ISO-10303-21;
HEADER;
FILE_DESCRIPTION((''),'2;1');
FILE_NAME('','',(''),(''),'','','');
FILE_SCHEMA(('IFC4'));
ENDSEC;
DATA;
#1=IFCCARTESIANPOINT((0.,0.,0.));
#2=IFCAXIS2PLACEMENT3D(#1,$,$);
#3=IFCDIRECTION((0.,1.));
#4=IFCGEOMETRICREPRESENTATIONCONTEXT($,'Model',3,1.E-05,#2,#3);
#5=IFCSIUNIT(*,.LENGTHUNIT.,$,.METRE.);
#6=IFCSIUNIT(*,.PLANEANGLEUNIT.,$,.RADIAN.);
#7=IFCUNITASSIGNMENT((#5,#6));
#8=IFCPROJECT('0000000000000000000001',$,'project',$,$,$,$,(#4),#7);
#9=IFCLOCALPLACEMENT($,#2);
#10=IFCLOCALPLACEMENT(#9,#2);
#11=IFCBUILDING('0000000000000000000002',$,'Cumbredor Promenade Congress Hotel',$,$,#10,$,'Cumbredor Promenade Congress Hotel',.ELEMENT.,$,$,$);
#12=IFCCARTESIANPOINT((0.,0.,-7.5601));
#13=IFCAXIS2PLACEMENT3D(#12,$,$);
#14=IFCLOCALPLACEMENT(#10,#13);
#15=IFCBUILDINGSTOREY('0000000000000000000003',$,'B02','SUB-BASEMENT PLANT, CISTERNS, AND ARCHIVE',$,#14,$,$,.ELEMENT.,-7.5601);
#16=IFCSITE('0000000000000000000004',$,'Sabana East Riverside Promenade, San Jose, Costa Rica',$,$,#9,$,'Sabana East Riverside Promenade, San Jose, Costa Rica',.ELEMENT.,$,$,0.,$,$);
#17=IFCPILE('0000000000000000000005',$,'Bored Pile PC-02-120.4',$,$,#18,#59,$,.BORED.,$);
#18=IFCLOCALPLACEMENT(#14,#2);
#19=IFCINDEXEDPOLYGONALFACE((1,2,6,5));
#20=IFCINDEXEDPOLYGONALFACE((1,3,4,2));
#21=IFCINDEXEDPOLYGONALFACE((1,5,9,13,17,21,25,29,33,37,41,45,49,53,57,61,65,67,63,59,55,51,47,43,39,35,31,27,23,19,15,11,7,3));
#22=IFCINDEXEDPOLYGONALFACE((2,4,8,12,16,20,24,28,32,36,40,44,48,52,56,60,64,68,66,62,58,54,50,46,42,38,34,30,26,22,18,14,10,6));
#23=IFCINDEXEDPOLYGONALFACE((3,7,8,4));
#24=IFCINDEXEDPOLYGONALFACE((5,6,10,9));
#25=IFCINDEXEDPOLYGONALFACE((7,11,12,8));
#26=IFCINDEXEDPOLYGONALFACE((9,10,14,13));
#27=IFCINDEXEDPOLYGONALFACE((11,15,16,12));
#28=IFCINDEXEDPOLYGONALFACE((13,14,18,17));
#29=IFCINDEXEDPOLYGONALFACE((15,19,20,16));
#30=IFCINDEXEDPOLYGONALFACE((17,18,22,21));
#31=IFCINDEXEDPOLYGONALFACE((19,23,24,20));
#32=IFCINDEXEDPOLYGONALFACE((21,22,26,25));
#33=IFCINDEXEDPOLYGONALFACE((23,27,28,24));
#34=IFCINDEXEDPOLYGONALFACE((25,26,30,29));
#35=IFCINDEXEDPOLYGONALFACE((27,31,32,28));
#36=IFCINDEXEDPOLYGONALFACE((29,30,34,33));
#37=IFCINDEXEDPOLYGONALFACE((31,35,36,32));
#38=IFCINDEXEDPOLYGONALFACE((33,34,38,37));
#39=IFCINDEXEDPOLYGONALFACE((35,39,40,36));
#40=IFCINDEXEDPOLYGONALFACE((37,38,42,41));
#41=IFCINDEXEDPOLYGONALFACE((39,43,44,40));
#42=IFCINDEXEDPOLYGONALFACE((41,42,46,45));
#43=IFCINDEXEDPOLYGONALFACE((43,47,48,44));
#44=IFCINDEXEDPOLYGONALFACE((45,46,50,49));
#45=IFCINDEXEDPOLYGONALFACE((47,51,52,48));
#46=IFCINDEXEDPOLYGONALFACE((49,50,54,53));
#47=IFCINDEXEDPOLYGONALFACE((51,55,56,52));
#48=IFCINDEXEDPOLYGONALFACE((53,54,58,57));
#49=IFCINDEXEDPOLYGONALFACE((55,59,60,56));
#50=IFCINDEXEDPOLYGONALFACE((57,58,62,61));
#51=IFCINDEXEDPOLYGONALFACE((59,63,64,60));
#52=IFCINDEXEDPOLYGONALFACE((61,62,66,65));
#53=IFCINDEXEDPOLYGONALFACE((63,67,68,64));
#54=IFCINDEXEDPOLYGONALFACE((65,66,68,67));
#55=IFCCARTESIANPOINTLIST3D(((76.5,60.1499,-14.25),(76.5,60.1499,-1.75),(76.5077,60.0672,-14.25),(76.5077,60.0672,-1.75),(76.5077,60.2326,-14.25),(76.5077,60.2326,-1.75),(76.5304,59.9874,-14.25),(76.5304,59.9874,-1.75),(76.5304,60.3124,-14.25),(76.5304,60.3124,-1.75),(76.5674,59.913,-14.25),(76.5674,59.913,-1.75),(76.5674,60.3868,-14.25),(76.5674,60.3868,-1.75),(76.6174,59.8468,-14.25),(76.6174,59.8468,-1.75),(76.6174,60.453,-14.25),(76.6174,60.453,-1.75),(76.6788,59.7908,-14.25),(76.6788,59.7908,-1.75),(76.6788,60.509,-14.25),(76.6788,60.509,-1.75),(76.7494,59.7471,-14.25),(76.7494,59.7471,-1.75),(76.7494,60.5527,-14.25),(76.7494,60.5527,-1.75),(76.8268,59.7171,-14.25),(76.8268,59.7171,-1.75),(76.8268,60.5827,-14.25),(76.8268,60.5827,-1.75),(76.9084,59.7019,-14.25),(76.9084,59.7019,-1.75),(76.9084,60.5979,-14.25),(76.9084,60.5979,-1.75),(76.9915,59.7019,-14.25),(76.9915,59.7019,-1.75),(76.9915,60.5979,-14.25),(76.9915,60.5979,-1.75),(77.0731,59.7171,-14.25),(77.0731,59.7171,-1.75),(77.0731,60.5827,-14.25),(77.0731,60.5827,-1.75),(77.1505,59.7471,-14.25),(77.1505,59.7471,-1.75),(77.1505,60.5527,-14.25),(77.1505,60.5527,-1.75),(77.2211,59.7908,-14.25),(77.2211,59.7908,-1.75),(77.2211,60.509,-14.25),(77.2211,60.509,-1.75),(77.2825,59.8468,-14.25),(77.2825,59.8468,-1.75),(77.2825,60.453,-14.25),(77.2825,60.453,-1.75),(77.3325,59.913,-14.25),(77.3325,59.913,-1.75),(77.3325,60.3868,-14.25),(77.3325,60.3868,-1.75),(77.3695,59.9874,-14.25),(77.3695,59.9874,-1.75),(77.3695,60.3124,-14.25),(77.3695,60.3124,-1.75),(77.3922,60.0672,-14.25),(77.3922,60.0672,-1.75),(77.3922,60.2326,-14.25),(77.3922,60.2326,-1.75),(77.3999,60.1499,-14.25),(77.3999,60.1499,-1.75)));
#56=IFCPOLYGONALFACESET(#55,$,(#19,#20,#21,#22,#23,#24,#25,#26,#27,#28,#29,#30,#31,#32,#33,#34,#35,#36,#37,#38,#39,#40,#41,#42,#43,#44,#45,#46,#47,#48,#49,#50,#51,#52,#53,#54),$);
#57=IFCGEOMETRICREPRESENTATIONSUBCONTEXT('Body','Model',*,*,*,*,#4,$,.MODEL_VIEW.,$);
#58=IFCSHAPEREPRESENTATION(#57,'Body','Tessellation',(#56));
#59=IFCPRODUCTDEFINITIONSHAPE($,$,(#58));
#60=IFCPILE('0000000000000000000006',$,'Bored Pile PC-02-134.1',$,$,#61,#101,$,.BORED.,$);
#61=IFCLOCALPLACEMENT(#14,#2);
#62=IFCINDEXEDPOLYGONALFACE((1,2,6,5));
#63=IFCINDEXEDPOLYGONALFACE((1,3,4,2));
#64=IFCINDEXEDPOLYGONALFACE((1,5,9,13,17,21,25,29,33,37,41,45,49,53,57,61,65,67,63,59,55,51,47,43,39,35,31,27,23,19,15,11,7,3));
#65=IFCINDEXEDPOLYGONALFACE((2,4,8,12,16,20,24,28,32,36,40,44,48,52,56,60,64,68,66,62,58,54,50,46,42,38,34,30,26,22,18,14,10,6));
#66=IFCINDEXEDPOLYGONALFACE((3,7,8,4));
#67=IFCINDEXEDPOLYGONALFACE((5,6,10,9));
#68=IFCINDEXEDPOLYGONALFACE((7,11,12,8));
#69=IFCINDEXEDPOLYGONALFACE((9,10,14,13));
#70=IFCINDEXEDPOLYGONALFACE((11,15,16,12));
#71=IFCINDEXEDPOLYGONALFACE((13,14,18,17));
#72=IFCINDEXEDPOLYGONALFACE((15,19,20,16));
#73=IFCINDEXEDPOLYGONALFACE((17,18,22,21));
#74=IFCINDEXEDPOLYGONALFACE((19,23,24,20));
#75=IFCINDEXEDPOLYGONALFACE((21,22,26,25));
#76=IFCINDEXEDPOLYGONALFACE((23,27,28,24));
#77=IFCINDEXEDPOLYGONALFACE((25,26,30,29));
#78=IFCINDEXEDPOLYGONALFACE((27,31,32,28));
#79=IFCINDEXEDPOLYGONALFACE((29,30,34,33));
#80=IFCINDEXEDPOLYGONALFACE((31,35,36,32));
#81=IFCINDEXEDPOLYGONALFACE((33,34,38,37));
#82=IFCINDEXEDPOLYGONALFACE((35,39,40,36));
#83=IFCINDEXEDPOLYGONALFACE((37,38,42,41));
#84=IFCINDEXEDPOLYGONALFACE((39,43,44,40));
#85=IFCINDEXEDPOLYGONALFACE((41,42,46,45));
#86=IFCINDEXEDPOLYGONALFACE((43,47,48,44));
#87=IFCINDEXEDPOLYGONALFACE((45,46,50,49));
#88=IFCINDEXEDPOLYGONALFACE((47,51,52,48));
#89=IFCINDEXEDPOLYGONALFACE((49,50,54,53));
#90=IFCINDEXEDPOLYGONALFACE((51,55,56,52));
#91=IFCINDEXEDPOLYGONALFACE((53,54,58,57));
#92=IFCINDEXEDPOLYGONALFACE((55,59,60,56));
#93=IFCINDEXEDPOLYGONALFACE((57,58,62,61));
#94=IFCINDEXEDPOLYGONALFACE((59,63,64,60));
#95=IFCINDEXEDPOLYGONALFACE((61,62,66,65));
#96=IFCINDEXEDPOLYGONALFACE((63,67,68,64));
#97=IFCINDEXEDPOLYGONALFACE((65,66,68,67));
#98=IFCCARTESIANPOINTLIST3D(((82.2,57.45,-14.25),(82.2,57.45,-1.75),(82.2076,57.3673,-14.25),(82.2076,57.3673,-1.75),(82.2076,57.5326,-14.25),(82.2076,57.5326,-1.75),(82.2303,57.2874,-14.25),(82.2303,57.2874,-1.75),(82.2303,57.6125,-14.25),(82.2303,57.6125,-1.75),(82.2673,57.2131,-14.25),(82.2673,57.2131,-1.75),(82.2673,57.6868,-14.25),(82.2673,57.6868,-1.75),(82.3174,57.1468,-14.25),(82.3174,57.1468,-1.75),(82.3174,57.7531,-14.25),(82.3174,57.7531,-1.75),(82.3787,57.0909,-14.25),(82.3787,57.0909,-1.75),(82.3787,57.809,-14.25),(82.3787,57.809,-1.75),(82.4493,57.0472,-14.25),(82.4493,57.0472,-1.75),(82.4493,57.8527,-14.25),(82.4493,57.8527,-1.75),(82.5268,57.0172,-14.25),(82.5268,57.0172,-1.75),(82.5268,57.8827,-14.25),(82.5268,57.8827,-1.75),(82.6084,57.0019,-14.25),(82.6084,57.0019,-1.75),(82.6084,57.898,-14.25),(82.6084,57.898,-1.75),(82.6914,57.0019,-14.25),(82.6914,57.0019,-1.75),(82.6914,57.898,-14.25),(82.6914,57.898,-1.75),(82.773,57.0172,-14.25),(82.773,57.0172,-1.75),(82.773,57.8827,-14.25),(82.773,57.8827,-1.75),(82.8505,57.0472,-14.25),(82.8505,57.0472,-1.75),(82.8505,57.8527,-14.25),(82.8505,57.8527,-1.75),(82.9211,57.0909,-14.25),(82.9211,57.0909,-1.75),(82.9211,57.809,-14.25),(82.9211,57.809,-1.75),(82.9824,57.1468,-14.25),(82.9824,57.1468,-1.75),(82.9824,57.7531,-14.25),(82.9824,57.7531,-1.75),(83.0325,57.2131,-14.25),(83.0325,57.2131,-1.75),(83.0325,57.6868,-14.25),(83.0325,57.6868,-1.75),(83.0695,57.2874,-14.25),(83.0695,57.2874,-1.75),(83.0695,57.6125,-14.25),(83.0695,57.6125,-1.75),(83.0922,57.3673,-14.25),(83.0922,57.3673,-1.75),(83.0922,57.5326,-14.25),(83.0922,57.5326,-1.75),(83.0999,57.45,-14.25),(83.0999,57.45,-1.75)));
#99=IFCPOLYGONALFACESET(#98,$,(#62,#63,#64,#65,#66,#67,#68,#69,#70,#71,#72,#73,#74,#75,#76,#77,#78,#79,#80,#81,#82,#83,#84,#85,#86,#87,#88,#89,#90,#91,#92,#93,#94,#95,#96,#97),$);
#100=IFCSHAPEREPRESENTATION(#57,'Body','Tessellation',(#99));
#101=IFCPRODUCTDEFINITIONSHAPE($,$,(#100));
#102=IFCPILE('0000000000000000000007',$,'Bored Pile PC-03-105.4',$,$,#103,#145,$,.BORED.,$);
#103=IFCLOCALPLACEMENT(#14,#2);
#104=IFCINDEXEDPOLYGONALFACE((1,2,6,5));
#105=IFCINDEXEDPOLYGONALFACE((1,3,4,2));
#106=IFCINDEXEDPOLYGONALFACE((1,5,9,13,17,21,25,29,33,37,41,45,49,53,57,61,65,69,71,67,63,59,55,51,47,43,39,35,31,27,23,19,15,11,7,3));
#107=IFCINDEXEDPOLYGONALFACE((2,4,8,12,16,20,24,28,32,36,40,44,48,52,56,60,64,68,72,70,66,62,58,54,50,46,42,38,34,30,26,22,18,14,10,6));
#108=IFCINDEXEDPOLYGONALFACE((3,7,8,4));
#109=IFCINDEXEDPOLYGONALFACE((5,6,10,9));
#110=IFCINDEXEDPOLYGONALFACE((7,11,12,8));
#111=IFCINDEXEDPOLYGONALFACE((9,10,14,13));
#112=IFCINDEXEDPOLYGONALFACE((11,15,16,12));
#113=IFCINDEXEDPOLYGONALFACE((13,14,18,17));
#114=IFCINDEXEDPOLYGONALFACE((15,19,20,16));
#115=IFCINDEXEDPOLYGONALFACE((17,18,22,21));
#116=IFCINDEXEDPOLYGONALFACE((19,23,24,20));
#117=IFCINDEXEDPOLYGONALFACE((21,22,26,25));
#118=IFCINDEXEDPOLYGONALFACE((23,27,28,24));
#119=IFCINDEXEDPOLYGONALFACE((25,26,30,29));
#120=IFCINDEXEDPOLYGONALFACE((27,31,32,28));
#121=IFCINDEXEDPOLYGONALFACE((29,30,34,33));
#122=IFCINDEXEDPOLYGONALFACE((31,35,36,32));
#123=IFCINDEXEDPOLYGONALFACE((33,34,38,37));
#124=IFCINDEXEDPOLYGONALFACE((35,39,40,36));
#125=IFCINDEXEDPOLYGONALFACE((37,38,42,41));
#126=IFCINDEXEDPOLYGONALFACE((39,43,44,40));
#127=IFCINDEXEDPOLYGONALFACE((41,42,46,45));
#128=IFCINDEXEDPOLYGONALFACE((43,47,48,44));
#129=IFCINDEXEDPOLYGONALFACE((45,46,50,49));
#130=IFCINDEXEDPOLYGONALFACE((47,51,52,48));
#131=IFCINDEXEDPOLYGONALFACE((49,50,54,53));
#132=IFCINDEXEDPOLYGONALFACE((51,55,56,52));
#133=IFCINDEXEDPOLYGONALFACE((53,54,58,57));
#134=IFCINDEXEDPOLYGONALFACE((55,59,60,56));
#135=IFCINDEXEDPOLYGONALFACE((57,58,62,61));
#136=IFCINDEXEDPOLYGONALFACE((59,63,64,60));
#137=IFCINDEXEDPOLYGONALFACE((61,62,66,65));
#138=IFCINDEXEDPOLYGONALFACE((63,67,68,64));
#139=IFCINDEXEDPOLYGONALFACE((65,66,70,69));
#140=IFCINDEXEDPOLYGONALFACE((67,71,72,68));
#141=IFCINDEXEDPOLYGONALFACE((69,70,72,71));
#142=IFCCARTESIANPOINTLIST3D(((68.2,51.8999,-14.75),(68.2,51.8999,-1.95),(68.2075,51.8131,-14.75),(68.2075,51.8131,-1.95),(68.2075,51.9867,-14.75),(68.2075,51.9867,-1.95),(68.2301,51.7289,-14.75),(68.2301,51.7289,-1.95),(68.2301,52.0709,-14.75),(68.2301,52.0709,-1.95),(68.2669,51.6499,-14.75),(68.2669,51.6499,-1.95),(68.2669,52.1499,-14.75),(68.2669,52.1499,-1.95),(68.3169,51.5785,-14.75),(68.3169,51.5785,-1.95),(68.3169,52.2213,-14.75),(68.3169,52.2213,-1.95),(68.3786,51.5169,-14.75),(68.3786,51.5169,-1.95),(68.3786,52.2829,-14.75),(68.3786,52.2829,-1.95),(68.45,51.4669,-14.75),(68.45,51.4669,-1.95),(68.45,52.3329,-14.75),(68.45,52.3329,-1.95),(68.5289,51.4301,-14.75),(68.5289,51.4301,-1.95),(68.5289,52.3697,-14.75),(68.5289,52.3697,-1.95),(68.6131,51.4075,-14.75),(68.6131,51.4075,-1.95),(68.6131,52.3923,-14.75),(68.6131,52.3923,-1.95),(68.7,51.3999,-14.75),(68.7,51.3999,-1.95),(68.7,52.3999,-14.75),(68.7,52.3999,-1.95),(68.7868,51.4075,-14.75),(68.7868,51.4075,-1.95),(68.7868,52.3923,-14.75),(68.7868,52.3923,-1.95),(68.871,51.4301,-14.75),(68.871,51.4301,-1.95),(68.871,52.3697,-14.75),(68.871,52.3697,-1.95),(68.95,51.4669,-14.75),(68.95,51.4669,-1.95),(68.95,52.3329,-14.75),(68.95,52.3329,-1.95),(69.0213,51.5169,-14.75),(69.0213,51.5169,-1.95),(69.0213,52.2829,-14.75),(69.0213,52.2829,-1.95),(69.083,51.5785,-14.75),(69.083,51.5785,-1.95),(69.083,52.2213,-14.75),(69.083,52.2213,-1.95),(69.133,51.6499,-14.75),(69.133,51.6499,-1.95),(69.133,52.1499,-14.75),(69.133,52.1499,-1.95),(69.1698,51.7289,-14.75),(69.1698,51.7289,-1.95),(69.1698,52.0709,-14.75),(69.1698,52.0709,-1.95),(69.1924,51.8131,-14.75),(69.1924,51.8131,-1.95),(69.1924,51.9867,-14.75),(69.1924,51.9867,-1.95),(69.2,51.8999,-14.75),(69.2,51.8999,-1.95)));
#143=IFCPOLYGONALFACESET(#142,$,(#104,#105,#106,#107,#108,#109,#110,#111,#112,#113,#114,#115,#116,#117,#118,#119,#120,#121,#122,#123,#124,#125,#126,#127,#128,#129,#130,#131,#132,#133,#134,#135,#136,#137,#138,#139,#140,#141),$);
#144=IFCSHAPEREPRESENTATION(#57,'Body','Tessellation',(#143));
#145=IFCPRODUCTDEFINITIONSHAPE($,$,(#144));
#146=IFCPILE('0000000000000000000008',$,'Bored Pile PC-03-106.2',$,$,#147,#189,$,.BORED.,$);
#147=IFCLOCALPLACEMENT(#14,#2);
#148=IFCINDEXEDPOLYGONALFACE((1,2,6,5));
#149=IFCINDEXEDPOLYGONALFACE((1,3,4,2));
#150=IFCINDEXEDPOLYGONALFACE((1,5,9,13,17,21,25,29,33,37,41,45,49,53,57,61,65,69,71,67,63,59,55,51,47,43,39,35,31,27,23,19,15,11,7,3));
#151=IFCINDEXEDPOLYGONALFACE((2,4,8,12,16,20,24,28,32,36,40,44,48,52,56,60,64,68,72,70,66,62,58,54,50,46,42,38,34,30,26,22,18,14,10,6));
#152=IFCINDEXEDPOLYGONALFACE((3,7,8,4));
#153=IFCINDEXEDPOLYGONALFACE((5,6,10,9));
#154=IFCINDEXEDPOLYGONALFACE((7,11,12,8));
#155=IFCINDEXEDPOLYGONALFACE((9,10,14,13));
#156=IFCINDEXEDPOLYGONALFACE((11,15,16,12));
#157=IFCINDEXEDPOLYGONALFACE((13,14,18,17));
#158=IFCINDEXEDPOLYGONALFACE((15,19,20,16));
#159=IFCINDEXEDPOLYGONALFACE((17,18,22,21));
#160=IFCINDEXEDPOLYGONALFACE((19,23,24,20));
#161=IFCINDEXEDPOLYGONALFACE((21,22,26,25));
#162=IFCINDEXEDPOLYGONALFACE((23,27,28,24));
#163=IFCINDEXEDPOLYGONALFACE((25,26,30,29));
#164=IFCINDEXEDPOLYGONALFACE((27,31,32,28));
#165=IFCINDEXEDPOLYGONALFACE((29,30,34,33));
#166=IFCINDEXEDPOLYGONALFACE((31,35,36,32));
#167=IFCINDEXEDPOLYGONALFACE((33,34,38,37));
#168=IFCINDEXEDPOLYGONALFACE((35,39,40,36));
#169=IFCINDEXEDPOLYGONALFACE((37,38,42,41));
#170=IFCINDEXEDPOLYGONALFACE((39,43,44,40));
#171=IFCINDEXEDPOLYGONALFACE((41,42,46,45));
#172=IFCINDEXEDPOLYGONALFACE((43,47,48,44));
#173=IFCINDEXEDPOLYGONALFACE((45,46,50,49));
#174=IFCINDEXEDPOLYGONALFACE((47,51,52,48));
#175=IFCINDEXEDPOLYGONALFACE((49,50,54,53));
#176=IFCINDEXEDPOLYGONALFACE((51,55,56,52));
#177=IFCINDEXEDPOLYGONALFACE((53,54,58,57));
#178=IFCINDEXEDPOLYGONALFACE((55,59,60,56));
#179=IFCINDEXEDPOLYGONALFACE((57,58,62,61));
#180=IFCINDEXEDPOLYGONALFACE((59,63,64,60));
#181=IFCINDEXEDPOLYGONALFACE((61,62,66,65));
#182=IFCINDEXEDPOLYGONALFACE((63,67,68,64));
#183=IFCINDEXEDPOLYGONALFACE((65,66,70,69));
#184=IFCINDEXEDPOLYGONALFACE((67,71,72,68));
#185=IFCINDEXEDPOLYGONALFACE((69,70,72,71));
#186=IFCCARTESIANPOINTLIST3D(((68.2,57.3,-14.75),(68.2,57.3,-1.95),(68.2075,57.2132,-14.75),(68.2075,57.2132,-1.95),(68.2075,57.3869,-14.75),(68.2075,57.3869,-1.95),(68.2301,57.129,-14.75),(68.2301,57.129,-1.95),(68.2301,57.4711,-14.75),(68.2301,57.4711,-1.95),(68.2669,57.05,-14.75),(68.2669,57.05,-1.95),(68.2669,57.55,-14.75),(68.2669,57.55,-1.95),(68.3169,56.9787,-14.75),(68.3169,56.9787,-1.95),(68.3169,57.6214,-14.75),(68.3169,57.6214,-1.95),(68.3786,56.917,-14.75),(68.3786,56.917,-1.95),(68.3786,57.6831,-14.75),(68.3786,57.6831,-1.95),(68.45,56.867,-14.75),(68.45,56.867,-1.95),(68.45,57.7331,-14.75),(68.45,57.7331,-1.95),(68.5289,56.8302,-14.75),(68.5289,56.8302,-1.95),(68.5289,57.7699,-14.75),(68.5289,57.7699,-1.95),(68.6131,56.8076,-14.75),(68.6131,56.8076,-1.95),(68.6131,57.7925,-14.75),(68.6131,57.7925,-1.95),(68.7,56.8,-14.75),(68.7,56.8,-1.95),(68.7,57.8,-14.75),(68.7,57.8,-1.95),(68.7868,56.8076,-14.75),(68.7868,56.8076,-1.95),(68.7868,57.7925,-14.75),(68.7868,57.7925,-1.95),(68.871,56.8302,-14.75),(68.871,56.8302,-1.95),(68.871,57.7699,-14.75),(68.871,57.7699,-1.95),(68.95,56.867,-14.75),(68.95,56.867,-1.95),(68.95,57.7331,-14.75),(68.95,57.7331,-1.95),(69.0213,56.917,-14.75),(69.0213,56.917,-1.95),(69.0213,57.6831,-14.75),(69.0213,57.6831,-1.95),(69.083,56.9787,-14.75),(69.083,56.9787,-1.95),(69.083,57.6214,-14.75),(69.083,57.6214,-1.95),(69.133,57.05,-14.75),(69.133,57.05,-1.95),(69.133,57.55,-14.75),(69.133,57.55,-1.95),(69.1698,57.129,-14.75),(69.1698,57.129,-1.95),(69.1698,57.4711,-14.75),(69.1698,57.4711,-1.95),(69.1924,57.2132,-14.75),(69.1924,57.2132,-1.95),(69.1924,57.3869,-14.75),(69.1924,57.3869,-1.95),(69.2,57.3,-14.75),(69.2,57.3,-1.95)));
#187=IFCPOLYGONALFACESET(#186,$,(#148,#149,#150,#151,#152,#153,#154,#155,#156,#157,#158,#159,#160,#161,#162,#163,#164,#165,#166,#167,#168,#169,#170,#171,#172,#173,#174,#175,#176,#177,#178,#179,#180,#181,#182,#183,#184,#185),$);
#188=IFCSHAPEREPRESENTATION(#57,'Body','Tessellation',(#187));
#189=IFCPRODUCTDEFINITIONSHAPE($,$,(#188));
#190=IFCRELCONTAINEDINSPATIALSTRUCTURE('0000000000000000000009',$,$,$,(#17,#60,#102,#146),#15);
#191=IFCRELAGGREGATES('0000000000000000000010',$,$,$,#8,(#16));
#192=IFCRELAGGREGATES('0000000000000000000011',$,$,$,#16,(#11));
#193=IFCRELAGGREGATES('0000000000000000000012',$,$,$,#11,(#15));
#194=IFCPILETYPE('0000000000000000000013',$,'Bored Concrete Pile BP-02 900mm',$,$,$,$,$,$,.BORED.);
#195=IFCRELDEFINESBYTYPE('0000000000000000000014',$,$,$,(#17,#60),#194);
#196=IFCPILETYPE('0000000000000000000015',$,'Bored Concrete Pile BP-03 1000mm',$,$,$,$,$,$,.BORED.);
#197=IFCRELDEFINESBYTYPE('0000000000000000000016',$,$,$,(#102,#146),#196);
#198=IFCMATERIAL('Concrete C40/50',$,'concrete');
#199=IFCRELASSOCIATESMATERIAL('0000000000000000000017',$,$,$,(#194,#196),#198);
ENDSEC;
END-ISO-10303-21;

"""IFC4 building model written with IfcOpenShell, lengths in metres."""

from ifc_helpers import new_model, si_unit, direction, frame, origin, origin_2d, place, context, subcontext, project, spatial, circle, extrude, material, material_profile, profile_set, type_object, element, save


model = new_model("IFC4")

# Units and contexts
model_context = context("Model", 3, precision=1e-05, world=origin(), true_north=direction((0.0, 1.0)))
body_context = subcontext(model_context, "Body", "Model", "MODEL_VIEW")
ifc_project = project(units=[si_unit("LENGTHUNIT", "METRE"), si_unit("PLANEANGLEUNIT", "RADIAN")], contexts=[model_context])

# Site, building, storey
site_placement = place(None, origin())
site = spatial("IfcSite", under=ifc_project, at=site_placement, Name="Sabana East Riverside Promenade, San Jose, Costa Rica", LongName="Sabana East Riverside Promenade, San Jose, Costa Rica", CompositionType="ELEMENT", RefElevation=0.0)
building_placement = place(site_placement, origin())
building = spatial("IfcBuilding", under=site, at=building_placement, Name="Cumbredor Promenade Congress Hotel", LongName="Cumbredor Promenade Congress Hotel", CompositionType="ELEMENT")
storey_placement = place(building_placement, frame((0.0, 0.0, -7.5601)))
storey = spatial("IfcBuildingStorey", under=building, at=storey_placement, Name="B02", Description="SUB-BASEMENT PLANT, CISTERNS, AND ARCHIVE", CompositionType="ELEMENT", Elevation=-7.5601)

# Piles
ifc_material_1 = material(Name="Concrete C40/50", Category="concrete")
ifc_material_profile_1 = material_profile(ifc_material_1, circle(Radius=0.45, at=origin_2d()), Name="PILE D900")
ifc_profile_set_1 = profile_set([ifc_material_profile_1], Name="Concrete C40/50")
pile_type_1 = type_object("IfcPileType", Name="Bored Concrete Pile BP-02 900mm", PredefinedType="BORED", material=ifc_profile_set_1)
for number, where, z_axis, x_axis, name in (
    (1, (76.95, 60.1499, -1.75), (0.0, 0.0, -1.0), (1.0, 0.0, 0.0), "Bored Pile PC-02-120.4"),
    (2, (82.6499, 57.45, -1.75), (0.0, 0.0, -1.0), (1.0, 0.0, 0.0), "Bored Pile PC-02-134.1"),
):
    element("IfcPile", number, at=place(storey_placement, frame(where, z_axis=z_axis, x_axis=x_axis)), inside=storey, type_object=pile_type_1, Name=name, PredefinedType="BORED", context=body_context, shape_type="SweptSolid", body=[
        extrude(circle(Radius=0.45, at=origin_2d()), origin(), (0.0, 0.0, 1.0), 12.5),
    ])
ifc_material_profile_2 = material_profile(ifc_material_1, circle(Radius=0.5, at=origin_2d()), Name="PILE D1000")
ifc_profile_set_2 = profile_set([ifc_material_profile_2], Name="Concrete C40/50")
pile_type_2 = type_object("IfcPileType", Name="Bored Concrete Pile BP-03 1000mm", PredefinedType="BORED", material=ifc_profile_set_2)
for number, where, z_axis, x_axis, name in (
    (3, (68.7, 51.8999, -1.95), (0.0, 0.0, -1.0), (1.0, 0.0, 0.0), "Bored Pile PC-03-105.4"),
    (4, (68.7, 57.3, -1.95), (0.0, 0.0, -1.0), (1.0, 0.0, 0.0), "Bored Pile PC-03-106.2"),
):
    element("IfcPile", number, at=place(storey_placement, frame(where, z_axis=z_axis, x_axis=x_axis)), inside=storey, type_object=pile_type_2, Name=name, PredefinedType="BORED", context=body_context, shape_type="SweptSolid", body=[
        extrude(circle(Radius=0.5, at=origin_2d()), origin(), (0.0, 0.0, 1.0), 12.8),
    ])

save(model, "model.ifc")
